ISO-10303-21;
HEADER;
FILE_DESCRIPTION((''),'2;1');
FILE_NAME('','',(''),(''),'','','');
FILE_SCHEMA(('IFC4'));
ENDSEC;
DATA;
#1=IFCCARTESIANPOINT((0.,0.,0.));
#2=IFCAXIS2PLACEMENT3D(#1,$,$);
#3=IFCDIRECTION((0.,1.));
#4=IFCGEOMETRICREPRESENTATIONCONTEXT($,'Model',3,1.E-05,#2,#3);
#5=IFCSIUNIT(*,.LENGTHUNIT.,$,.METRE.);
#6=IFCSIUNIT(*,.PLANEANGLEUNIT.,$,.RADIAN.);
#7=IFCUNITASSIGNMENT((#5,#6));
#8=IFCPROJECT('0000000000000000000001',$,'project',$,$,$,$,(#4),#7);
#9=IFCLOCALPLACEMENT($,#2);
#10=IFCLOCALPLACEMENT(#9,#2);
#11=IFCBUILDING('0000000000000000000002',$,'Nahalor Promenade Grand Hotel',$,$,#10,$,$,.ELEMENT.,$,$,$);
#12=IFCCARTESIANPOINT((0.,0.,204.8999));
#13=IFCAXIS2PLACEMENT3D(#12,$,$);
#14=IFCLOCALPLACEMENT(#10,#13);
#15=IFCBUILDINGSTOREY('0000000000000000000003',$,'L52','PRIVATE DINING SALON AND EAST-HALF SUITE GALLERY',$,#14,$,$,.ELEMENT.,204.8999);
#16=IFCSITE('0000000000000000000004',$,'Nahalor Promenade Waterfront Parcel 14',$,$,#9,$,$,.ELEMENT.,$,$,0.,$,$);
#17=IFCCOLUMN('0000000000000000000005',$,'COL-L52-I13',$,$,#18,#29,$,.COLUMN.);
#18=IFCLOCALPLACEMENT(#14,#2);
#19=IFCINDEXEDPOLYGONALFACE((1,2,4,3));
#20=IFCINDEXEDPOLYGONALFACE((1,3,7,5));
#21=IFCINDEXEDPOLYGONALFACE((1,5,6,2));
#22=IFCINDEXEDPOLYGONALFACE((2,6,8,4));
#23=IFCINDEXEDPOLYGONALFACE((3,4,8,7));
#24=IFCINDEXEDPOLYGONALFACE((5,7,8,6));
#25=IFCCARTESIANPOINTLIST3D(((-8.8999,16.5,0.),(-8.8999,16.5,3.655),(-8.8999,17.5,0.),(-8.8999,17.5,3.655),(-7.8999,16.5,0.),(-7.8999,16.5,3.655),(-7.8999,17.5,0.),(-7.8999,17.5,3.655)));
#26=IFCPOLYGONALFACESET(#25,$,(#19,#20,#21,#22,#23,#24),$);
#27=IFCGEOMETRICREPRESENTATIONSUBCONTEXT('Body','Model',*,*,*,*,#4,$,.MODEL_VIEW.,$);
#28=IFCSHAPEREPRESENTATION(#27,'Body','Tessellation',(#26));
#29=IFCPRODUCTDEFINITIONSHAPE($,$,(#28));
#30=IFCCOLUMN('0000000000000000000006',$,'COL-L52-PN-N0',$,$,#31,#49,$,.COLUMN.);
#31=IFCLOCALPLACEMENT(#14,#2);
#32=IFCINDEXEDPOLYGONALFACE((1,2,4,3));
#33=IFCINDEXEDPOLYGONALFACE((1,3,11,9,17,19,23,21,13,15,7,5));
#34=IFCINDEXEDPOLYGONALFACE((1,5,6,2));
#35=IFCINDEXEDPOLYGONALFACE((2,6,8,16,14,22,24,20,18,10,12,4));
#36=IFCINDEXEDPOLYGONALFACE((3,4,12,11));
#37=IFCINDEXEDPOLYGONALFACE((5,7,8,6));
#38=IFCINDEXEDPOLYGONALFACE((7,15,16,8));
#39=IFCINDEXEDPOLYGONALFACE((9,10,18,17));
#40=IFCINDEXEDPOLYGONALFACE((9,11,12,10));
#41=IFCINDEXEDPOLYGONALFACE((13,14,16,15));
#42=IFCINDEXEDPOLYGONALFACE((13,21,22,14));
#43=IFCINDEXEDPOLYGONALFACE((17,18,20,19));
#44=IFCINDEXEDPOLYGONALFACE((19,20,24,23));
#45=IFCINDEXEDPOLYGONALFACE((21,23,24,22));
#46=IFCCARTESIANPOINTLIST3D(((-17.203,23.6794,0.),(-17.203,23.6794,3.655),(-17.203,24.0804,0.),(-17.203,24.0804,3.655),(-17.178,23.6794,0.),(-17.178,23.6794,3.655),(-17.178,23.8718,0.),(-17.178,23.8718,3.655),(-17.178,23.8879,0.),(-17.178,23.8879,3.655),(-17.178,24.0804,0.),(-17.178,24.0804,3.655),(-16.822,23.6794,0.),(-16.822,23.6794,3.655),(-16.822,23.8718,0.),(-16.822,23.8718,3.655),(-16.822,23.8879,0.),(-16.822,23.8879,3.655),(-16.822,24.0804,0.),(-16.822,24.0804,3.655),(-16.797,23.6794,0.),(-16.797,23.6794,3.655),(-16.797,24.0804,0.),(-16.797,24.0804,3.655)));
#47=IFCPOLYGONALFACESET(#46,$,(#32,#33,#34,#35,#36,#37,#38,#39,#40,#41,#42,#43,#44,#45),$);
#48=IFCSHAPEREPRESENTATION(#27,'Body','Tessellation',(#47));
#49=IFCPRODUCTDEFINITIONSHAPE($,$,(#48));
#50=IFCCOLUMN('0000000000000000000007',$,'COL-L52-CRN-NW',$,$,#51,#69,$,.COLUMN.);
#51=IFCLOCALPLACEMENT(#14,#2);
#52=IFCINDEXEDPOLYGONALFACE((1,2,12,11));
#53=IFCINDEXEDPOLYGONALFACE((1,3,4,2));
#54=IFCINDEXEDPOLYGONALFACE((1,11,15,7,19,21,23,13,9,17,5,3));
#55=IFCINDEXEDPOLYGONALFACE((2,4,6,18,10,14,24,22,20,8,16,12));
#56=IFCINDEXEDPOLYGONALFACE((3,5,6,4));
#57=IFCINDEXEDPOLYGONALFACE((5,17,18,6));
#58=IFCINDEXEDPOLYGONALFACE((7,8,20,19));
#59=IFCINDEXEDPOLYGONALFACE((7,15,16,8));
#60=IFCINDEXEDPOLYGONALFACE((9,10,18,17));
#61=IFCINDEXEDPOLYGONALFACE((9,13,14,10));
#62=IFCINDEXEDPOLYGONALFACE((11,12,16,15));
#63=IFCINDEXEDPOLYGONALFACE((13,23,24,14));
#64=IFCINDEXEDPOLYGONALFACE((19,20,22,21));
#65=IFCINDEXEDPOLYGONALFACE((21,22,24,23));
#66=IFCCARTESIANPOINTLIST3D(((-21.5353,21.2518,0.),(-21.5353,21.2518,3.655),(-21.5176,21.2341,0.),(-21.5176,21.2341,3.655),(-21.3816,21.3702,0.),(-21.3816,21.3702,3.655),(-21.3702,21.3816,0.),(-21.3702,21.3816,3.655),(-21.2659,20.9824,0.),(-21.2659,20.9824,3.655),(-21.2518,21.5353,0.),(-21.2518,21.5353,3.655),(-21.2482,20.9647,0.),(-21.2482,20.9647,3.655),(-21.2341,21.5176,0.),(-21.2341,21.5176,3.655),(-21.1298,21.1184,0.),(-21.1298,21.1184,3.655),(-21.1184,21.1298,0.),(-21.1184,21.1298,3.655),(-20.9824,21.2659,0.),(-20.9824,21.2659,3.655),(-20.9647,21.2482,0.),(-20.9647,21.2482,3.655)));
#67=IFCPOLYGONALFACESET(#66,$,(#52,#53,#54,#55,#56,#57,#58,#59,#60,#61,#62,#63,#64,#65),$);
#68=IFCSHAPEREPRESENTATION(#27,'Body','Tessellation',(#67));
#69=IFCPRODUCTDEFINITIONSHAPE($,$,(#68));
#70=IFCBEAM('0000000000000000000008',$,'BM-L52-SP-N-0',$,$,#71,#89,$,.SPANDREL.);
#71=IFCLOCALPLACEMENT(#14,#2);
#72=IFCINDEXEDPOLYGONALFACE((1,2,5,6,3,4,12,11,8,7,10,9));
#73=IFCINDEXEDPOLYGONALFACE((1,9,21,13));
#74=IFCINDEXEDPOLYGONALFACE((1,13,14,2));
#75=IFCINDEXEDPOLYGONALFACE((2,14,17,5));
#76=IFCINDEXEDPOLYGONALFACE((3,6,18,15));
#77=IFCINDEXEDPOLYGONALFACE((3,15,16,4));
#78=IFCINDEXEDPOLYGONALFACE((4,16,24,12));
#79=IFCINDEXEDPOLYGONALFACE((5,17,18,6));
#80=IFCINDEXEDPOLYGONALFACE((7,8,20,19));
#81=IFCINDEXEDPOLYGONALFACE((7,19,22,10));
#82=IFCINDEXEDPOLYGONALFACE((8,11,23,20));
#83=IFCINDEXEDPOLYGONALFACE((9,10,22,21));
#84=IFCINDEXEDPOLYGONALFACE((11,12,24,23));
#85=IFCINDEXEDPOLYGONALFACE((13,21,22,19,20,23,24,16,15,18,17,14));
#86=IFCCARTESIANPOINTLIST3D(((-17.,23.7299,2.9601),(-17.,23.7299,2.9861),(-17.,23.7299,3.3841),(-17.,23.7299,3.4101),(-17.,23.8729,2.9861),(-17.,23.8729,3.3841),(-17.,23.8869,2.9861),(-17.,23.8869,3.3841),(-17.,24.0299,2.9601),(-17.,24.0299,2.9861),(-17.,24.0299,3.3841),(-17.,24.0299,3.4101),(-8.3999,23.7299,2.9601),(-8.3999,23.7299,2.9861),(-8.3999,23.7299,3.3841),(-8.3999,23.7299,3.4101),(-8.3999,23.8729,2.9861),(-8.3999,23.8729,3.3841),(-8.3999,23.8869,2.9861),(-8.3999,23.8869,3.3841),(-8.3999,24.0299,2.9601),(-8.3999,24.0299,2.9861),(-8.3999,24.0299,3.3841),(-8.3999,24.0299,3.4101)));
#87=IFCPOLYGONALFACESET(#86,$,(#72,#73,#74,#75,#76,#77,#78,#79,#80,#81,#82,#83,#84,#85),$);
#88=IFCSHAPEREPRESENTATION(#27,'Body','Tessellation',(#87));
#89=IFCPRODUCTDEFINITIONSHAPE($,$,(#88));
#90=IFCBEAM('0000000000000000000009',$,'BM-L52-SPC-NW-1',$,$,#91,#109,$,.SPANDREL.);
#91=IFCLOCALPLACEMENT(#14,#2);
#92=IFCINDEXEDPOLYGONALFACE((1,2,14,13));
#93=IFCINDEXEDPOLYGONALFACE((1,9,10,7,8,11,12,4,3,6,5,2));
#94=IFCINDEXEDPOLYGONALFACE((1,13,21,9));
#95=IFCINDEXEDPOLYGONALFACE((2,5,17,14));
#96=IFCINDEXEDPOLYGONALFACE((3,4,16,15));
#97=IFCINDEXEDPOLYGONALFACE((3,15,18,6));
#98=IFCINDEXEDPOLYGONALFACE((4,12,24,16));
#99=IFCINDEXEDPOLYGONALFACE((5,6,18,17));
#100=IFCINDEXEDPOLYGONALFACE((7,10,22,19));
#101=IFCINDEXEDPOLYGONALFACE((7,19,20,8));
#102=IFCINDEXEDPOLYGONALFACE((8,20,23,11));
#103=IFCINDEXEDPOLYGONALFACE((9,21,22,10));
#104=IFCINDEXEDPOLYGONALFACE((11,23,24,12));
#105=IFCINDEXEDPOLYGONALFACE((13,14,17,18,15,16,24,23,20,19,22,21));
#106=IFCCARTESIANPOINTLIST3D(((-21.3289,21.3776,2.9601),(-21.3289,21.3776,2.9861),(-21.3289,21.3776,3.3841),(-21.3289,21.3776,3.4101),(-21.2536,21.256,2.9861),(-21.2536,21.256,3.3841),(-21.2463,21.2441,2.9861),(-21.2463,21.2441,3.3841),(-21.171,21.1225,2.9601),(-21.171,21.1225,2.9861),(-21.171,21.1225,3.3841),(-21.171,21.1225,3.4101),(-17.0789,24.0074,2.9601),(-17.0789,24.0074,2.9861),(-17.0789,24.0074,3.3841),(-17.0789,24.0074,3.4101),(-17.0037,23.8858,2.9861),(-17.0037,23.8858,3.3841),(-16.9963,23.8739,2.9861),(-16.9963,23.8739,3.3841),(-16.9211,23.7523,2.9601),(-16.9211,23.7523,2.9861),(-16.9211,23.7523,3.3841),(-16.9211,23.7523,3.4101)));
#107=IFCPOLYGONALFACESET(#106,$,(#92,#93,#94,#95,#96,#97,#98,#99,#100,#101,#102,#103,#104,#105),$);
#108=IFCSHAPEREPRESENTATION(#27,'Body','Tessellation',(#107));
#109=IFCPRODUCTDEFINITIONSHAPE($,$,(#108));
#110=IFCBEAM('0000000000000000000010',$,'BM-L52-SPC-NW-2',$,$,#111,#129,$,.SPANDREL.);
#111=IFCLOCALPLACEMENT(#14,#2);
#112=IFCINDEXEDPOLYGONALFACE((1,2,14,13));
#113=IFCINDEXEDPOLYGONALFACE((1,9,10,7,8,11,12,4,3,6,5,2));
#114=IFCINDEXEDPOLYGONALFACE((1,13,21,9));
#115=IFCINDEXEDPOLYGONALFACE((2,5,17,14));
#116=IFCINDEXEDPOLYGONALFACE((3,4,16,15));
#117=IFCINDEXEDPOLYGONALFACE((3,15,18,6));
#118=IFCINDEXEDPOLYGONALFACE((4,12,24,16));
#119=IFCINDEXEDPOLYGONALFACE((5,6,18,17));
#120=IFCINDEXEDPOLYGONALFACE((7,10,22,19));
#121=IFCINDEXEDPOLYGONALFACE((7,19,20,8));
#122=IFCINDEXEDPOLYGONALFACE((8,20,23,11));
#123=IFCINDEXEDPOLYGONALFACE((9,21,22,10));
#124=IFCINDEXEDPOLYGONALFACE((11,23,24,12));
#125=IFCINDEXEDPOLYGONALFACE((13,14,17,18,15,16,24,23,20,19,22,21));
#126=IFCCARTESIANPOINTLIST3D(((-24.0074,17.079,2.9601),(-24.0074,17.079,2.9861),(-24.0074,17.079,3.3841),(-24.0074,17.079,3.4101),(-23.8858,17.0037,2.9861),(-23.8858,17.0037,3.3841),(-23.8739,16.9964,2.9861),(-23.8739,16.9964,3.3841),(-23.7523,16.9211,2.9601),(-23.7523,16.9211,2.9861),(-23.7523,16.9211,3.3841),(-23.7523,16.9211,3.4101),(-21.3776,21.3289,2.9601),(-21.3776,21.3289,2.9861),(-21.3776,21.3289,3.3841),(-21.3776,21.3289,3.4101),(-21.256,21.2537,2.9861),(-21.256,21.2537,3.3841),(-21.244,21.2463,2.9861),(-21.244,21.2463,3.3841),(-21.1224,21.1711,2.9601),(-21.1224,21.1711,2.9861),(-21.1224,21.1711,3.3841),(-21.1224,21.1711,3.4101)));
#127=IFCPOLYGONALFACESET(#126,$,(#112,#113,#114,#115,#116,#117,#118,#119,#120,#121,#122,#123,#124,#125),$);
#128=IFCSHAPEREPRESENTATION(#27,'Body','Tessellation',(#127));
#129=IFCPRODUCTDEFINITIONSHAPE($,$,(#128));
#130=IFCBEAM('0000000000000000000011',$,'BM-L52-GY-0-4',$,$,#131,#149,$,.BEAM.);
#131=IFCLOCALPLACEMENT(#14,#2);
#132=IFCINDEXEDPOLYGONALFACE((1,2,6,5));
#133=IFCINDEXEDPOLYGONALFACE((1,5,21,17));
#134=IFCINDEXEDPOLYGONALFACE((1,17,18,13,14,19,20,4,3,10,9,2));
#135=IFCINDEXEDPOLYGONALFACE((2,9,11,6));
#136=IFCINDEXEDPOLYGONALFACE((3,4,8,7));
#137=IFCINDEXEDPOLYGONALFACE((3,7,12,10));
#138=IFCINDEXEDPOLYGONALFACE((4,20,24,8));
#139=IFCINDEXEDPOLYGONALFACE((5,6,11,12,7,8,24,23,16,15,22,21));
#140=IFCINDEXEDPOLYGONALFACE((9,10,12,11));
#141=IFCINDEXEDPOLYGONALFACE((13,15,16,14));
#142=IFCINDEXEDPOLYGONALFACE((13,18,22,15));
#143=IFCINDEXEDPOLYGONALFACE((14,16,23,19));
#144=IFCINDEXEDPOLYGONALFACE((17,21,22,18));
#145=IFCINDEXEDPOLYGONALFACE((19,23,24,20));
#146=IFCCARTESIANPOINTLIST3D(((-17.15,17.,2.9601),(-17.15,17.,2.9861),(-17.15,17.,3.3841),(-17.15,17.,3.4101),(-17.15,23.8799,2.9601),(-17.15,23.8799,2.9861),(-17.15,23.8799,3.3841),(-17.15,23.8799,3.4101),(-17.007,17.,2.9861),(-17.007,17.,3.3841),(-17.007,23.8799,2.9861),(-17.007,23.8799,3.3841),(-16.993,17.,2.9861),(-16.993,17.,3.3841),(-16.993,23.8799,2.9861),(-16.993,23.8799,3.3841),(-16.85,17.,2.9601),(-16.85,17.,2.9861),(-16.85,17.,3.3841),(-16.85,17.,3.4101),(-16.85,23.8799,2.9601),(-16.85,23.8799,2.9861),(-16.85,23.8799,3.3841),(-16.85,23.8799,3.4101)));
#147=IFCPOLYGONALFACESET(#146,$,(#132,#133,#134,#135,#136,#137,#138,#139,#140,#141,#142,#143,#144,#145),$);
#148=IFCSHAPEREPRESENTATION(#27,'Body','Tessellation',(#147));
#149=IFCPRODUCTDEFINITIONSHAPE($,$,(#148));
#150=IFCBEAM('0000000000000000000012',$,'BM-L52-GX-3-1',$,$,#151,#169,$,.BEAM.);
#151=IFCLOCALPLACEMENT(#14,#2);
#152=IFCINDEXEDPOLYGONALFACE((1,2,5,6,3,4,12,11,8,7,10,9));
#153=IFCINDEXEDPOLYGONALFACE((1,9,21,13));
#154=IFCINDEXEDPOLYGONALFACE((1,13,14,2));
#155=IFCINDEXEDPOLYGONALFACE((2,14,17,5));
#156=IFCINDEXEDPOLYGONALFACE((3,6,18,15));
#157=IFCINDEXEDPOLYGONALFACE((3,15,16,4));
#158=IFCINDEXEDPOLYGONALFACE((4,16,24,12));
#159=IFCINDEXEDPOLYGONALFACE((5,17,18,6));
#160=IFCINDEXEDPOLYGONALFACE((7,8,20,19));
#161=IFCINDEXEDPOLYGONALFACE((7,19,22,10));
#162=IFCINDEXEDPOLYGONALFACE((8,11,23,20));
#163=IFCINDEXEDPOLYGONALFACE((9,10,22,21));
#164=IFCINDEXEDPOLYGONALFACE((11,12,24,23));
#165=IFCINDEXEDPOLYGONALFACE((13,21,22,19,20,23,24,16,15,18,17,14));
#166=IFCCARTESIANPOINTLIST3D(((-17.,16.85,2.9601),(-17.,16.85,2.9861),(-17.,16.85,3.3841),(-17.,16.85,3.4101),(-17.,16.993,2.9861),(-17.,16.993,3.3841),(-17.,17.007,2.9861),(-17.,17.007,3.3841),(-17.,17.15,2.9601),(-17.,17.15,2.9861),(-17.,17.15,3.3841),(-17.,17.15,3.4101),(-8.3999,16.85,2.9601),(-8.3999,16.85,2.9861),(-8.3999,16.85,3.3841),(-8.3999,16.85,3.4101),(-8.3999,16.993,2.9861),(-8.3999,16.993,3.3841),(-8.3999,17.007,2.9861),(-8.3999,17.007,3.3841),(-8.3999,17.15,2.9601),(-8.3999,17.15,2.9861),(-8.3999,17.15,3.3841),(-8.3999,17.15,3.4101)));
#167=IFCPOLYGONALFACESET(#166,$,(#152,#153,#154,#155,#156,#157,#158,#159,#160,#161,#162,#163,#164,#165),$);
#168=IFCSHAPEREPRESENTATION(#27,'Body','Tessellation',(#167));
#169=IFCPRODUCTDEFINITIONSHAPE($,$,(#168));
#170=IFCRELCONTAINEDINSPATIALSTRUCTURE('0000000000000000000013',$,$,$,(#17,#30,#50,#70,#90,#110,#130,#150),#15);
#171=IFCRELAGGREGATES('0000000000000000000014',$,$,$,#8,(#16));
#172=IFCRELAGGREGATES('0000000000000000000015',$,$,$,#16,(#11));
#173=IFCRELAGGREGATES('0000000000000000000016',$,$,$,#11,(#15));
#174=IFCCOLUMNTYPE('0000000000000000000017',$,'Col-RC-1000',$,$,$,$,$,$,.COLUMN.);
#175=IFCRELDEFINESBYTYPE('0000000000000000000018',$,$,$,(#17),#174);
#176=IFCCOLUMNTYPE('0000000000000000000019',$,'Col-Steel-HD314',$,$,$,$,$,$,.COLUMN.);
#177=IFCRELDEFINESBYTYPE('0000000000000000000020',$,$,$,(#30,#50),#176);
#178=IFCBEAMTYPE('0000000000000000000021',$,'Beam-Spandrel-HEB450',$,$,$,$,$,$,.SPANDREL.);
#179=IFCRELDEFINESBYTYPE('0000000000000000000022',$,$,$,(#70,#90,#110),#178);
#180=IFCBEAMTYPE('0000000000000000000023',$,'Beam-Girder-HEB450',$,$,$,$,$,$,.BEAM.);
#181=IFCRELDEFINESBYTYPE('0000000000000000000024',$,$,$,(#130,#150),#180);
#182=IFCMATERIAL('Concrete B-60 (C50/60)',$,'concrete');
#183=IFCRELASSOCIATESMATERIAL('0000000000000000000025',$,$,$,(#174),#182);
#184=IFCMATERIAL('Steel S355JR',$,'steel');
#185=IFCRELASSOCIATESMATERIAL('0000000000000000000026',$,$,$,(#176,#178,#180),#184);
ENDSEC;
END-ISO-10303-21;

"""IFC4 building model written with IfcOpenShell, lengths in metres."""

from ifc_helpers import new_model, si_unit, direction, frame, origin, origin_2d, place, context, subcontext, project, spatial, rectangle, i_section, extrude, source, transform, mapped, material, material_profile, profile_set, type_object, element, save


model = new_model("IFC4")

# Units and contexts
model_context = context("Model", 3, precision=1e-05, world=origin(), true_north=direction((0.0, 1.0)))
body_context = subcontext(model_context, "Body", "Model", "MODEL_VIEW")
ifc_project = project(units=[si_unit("LENGTHUNIT", "METRE"), si_unit("PLANEANGLEUNIT", "RADIAN")], contexts=[model_context])

# Site, building, storey
site_placement = place(None, origin())
site = spatial("IfcSite", under=ifc_project, at=site_placement, Name="Nahalor Promenade Waterfront Parcel 14", CompositionType="ELEMENT", RefElevation=0.0)
building_placement = place(site_placement, origin())
building = spatial("IfcBuilding", under=site, at=building_placement, Name="Nahalor Promenade Grand Hotel", CompositionType="ELEMENT")
storey_placement = place(building_placement, frame((0.0, 0.0, 204.8999)))
storey = spatial("IfcBuildingStorey", under=building, at=storey_placement, Name="L52", Description="PRIVATE DINING SALON AND EAST-HALF SUITE GALLERY", CompositionType="ELEMENT", Elevation=204.8999)

# Columns
ifc_material_1 = material(Name="Concrete B-60 (C50/60)", Category="concrete")
ifc_material_profile_1 = material_profile(ifc_material_1, rectangle(XDim=1.0, YDim=1.0, at=origin_2d()), Name="RC 1000x1000")
ifc_profile_set_1 = profile_set([ifc_material_profile_1], Name="Concrete B-60 (C50/60)")
column_type_1 = type_object("IfcColumnType", Name="Col-RC-1000", PredefinedType="COLUMN", material=ifc_profile_set_1)
shared_shape_1 = source(origin(), body_context, "Body", "SweptSolid", [
    extrude(rectangle(XDim=1.0, YDim=1.0, at=origin_2d()), origin(), (0.0, 0.0, 1.0), 3.655),
])
column_placement = place(storey_placement, frame((-8.3999, 17.0, 0.0), z_axis=(0.0, 0.0, 1.0), x_axis=(1.0, 0.0, 0.0)))
element("IfcColumn", 1, at=column_placement, inside=storey, type_object=column_type_1, Name="COL-L52-I13", PredefinedType="COLUMN", context=body_context, shape_type="MappedRepresentation", body=[
    mapped(shared_shape_1, transform((0.0, 0.0, 0.0), scale=1.0)),
])
ifc_material_2 = material(Name="Steel S355JR", Category="steel")
ifc_material_profile_2 = material_profile(ifc_material_2, i_section(OverallWidth=0.401, OverallDepth=0.406, WebThickness=0.0161, FlangeThickness=0.025, at=origin_2d()), Name="HD 400x314")
ifc_profile_set_2 = profile_set([ifc_material_profile_2], Name="Steel S355JR")
column_type_2 = type_object("IfcColumnType", Name="Col-Steel-HD314", PredefinedType="COLUMN", material=ifc_profile_set_2)
shared_shape_2 = source(origin(), body_context, "Body", "SweptSolid", [
    extrude(i_section(OverallWidth=0.401, OverallDepth=0.406, WebThickness=0.0161, FlangeThickness=0.025, at=origin_2d()), origin(), (0.0, 0.0, 1.0), 3.655),
])
for number, where, z_axis, x_axis, name in (
    (2, (-17.0, 23.8799, 0.0), (0.0, 0.0, 1.0), (0.0, 1.0, 0.0), "COL-L52-PN-N0"),
    (3, (-21.25, 21.25, 0.0), (0.0, 0.0, 1.0), (0.707107, 0.707107, 0.0), "COL-L52-CRN-NW"),
):
    element("IfcColumn", number, at=place(storey_placement, frame(where, z_axis=z_axis, x_axis=x_axis)), inside=storey, type_object=column_type_2, Name=name, PredefinedType="COLUMN", context=body_context, shape_type="MappedRepresentation", body=[
        mapped(shared_shape_2, transform((0.0, 0.0, 0.0), scale=1.0)),
    ])

# Beams
ifc_material_profile_3 = material_profile(ifc_material_2, i_section(OverallWidth=0.3, OverallDepth=0.45, WebThickness=0.014, FlangeThickness=0.026, at=origin_2d()), Name="HEB 450")
ifc_profile_set_3 = profile_set([ifc_material_profile_3], Name="Steel S355JR")
beam_type_1 = type_object("IfcBeamType", Name="Beam-Spandrel-HEB450", PredefinedType="SPANDREL", material=ifc_profile_set_3)
shared_shape_3 = source(origin(), body_context, "Body", "SweptSolid", [
    extrude(i_section(OverallWidth=0.3, OverallDepth=0.45, WebThickness=0.014, FlangeThickness=0.026, at=origin_2d()), origin(), (0.0, 0.0, 1.0), 8.6001),
])
beam_1_placement = place(storey_placement, frame((-17.0, 23.8799, 3.1851), z_axis=(1.0, 0.0, 0.0), x_axis=(0.0, 1.0, 0.0)))
element("IfcBeam", 4, at=beam_1_placement, inside=storey, type_object=beam_type_1, Name="BM-L52-SP-N-0", PredefinedType="SPANDREL", context=body_context, shape_type="MappedRepresentation", body=[
    mapped(shared_shape_3, transform((0.0, 0.0, 0.0), scale=1.0)),
])
shared_shape_4 = source(origin(), body_context, "Body", "SweptSolid", [
    extrude(i_section(OverallWidth=0.3, OverallDepth=0.45, WebThickness=0.014, FlangeThickness=0.026, at=origin_2d()), origin(), (0.0, 0.0, 1.0), 4.9978),
])
for number, where, z_axis, x_axis, name in (
    (5, (-17.0, 23.8799, 3.1851), (-0.850361, -0.5262, 0.0), (0.5262, -0.850361, 0.0), "BM-L52-SPC-NW-1"),
    (6, (-21.25, 21.25, 3.1851), (-0.5262, -0.850361, 0.0), (0.850361, -0.5262, 0.0), "BM-L52-SPC-NW-2"),
):
    element("IfcBeam", number, at=place(storey_placement, frame(where, z_axis=z_axis, x_axis=x_axis)), inside=storey, type_object=beam_type_1, Name=name, PredefinedType="SPANDREL", context=body_context, shape_type="MappedRepresentation", body=[
        mapped(shared_shape_4, transform((0.0, 0.0, 0.0), scale=1.0)),
    ])
ifc_material_profile_4 = material_profile(ifc_material_2, i_section(OverallWidth=0.3, OverallDepth=0.45, WebThickness=0.014, FlangeThickness=0.026, at=origin_2d()), Name="HEB 450")
ifc_profile_set_4 = profile_set([ifc_material_profile_4], Name="Steel S355JR")
beam_type_2 = type_object("IfcBeamType", Name="Beam-Girder-HEB450", PredefinedType="BEAM", material=ifc_profile_set_4)
shared_shape_5 = source(origin(), body_context, "Body", "SweptSolid", [
    extrude(i_section(OverallWidth=0.3, OverallDepth=0.45, WebThickness=0.014, FlangeThickness=0.026, at=origin_2d()), origin(), (0.0, 0.0, 1.0), 6.8799),
])
beam_2_placement = place(storey_placement, frame((-17.0, 17.0, 3.1851), z_axis=(0.0, 1.0, 0.0), x_axis=(-1.0, 0.0, 0.0)))
element("IfcBeam", 7, at=beam_2_placement, inside=storey, type_object=beam_type_2, Name="BM-L52-GY-0-4", PredefinedType="BEAM", context=body_context, shape_type="MappedRepresentation", body=[
    mapped(shared_shape_5, transform((0.0, 0.0, 0.0), scale=1.0)),
])
shared_shape_6 = source(origin(), body_context, "Body", "SweptSolid", [
    extrude(i_section(OverallWidth=0.3, OverallDepth=0.45, WebThickness=0.014, FlangeThickness=0.026, at=origin_2d()), origin(), (0.0, 0.0, 1.0), 8.6001),
])
beam_3_placement = place(storey_placement, frame((-17.0, 17.0, 3.1851), z_axis=(1.0, 0.0, 0.0), x_axis=(0.0, 1.0, 0.0)))
element("IfcBeam", 8, at=beam_3_placement, inside=storey, type_object=beam_type_2, Name="BM-L52-GX-3-1", PredefinedType="BEAM", context=body_context, shape_type="MappedRepresentation", body=[
    mapped(shared_shape_6, transform((0.0, 0.0, 0.0), scale=1.0)),
])

save(model, "model.ifc")
